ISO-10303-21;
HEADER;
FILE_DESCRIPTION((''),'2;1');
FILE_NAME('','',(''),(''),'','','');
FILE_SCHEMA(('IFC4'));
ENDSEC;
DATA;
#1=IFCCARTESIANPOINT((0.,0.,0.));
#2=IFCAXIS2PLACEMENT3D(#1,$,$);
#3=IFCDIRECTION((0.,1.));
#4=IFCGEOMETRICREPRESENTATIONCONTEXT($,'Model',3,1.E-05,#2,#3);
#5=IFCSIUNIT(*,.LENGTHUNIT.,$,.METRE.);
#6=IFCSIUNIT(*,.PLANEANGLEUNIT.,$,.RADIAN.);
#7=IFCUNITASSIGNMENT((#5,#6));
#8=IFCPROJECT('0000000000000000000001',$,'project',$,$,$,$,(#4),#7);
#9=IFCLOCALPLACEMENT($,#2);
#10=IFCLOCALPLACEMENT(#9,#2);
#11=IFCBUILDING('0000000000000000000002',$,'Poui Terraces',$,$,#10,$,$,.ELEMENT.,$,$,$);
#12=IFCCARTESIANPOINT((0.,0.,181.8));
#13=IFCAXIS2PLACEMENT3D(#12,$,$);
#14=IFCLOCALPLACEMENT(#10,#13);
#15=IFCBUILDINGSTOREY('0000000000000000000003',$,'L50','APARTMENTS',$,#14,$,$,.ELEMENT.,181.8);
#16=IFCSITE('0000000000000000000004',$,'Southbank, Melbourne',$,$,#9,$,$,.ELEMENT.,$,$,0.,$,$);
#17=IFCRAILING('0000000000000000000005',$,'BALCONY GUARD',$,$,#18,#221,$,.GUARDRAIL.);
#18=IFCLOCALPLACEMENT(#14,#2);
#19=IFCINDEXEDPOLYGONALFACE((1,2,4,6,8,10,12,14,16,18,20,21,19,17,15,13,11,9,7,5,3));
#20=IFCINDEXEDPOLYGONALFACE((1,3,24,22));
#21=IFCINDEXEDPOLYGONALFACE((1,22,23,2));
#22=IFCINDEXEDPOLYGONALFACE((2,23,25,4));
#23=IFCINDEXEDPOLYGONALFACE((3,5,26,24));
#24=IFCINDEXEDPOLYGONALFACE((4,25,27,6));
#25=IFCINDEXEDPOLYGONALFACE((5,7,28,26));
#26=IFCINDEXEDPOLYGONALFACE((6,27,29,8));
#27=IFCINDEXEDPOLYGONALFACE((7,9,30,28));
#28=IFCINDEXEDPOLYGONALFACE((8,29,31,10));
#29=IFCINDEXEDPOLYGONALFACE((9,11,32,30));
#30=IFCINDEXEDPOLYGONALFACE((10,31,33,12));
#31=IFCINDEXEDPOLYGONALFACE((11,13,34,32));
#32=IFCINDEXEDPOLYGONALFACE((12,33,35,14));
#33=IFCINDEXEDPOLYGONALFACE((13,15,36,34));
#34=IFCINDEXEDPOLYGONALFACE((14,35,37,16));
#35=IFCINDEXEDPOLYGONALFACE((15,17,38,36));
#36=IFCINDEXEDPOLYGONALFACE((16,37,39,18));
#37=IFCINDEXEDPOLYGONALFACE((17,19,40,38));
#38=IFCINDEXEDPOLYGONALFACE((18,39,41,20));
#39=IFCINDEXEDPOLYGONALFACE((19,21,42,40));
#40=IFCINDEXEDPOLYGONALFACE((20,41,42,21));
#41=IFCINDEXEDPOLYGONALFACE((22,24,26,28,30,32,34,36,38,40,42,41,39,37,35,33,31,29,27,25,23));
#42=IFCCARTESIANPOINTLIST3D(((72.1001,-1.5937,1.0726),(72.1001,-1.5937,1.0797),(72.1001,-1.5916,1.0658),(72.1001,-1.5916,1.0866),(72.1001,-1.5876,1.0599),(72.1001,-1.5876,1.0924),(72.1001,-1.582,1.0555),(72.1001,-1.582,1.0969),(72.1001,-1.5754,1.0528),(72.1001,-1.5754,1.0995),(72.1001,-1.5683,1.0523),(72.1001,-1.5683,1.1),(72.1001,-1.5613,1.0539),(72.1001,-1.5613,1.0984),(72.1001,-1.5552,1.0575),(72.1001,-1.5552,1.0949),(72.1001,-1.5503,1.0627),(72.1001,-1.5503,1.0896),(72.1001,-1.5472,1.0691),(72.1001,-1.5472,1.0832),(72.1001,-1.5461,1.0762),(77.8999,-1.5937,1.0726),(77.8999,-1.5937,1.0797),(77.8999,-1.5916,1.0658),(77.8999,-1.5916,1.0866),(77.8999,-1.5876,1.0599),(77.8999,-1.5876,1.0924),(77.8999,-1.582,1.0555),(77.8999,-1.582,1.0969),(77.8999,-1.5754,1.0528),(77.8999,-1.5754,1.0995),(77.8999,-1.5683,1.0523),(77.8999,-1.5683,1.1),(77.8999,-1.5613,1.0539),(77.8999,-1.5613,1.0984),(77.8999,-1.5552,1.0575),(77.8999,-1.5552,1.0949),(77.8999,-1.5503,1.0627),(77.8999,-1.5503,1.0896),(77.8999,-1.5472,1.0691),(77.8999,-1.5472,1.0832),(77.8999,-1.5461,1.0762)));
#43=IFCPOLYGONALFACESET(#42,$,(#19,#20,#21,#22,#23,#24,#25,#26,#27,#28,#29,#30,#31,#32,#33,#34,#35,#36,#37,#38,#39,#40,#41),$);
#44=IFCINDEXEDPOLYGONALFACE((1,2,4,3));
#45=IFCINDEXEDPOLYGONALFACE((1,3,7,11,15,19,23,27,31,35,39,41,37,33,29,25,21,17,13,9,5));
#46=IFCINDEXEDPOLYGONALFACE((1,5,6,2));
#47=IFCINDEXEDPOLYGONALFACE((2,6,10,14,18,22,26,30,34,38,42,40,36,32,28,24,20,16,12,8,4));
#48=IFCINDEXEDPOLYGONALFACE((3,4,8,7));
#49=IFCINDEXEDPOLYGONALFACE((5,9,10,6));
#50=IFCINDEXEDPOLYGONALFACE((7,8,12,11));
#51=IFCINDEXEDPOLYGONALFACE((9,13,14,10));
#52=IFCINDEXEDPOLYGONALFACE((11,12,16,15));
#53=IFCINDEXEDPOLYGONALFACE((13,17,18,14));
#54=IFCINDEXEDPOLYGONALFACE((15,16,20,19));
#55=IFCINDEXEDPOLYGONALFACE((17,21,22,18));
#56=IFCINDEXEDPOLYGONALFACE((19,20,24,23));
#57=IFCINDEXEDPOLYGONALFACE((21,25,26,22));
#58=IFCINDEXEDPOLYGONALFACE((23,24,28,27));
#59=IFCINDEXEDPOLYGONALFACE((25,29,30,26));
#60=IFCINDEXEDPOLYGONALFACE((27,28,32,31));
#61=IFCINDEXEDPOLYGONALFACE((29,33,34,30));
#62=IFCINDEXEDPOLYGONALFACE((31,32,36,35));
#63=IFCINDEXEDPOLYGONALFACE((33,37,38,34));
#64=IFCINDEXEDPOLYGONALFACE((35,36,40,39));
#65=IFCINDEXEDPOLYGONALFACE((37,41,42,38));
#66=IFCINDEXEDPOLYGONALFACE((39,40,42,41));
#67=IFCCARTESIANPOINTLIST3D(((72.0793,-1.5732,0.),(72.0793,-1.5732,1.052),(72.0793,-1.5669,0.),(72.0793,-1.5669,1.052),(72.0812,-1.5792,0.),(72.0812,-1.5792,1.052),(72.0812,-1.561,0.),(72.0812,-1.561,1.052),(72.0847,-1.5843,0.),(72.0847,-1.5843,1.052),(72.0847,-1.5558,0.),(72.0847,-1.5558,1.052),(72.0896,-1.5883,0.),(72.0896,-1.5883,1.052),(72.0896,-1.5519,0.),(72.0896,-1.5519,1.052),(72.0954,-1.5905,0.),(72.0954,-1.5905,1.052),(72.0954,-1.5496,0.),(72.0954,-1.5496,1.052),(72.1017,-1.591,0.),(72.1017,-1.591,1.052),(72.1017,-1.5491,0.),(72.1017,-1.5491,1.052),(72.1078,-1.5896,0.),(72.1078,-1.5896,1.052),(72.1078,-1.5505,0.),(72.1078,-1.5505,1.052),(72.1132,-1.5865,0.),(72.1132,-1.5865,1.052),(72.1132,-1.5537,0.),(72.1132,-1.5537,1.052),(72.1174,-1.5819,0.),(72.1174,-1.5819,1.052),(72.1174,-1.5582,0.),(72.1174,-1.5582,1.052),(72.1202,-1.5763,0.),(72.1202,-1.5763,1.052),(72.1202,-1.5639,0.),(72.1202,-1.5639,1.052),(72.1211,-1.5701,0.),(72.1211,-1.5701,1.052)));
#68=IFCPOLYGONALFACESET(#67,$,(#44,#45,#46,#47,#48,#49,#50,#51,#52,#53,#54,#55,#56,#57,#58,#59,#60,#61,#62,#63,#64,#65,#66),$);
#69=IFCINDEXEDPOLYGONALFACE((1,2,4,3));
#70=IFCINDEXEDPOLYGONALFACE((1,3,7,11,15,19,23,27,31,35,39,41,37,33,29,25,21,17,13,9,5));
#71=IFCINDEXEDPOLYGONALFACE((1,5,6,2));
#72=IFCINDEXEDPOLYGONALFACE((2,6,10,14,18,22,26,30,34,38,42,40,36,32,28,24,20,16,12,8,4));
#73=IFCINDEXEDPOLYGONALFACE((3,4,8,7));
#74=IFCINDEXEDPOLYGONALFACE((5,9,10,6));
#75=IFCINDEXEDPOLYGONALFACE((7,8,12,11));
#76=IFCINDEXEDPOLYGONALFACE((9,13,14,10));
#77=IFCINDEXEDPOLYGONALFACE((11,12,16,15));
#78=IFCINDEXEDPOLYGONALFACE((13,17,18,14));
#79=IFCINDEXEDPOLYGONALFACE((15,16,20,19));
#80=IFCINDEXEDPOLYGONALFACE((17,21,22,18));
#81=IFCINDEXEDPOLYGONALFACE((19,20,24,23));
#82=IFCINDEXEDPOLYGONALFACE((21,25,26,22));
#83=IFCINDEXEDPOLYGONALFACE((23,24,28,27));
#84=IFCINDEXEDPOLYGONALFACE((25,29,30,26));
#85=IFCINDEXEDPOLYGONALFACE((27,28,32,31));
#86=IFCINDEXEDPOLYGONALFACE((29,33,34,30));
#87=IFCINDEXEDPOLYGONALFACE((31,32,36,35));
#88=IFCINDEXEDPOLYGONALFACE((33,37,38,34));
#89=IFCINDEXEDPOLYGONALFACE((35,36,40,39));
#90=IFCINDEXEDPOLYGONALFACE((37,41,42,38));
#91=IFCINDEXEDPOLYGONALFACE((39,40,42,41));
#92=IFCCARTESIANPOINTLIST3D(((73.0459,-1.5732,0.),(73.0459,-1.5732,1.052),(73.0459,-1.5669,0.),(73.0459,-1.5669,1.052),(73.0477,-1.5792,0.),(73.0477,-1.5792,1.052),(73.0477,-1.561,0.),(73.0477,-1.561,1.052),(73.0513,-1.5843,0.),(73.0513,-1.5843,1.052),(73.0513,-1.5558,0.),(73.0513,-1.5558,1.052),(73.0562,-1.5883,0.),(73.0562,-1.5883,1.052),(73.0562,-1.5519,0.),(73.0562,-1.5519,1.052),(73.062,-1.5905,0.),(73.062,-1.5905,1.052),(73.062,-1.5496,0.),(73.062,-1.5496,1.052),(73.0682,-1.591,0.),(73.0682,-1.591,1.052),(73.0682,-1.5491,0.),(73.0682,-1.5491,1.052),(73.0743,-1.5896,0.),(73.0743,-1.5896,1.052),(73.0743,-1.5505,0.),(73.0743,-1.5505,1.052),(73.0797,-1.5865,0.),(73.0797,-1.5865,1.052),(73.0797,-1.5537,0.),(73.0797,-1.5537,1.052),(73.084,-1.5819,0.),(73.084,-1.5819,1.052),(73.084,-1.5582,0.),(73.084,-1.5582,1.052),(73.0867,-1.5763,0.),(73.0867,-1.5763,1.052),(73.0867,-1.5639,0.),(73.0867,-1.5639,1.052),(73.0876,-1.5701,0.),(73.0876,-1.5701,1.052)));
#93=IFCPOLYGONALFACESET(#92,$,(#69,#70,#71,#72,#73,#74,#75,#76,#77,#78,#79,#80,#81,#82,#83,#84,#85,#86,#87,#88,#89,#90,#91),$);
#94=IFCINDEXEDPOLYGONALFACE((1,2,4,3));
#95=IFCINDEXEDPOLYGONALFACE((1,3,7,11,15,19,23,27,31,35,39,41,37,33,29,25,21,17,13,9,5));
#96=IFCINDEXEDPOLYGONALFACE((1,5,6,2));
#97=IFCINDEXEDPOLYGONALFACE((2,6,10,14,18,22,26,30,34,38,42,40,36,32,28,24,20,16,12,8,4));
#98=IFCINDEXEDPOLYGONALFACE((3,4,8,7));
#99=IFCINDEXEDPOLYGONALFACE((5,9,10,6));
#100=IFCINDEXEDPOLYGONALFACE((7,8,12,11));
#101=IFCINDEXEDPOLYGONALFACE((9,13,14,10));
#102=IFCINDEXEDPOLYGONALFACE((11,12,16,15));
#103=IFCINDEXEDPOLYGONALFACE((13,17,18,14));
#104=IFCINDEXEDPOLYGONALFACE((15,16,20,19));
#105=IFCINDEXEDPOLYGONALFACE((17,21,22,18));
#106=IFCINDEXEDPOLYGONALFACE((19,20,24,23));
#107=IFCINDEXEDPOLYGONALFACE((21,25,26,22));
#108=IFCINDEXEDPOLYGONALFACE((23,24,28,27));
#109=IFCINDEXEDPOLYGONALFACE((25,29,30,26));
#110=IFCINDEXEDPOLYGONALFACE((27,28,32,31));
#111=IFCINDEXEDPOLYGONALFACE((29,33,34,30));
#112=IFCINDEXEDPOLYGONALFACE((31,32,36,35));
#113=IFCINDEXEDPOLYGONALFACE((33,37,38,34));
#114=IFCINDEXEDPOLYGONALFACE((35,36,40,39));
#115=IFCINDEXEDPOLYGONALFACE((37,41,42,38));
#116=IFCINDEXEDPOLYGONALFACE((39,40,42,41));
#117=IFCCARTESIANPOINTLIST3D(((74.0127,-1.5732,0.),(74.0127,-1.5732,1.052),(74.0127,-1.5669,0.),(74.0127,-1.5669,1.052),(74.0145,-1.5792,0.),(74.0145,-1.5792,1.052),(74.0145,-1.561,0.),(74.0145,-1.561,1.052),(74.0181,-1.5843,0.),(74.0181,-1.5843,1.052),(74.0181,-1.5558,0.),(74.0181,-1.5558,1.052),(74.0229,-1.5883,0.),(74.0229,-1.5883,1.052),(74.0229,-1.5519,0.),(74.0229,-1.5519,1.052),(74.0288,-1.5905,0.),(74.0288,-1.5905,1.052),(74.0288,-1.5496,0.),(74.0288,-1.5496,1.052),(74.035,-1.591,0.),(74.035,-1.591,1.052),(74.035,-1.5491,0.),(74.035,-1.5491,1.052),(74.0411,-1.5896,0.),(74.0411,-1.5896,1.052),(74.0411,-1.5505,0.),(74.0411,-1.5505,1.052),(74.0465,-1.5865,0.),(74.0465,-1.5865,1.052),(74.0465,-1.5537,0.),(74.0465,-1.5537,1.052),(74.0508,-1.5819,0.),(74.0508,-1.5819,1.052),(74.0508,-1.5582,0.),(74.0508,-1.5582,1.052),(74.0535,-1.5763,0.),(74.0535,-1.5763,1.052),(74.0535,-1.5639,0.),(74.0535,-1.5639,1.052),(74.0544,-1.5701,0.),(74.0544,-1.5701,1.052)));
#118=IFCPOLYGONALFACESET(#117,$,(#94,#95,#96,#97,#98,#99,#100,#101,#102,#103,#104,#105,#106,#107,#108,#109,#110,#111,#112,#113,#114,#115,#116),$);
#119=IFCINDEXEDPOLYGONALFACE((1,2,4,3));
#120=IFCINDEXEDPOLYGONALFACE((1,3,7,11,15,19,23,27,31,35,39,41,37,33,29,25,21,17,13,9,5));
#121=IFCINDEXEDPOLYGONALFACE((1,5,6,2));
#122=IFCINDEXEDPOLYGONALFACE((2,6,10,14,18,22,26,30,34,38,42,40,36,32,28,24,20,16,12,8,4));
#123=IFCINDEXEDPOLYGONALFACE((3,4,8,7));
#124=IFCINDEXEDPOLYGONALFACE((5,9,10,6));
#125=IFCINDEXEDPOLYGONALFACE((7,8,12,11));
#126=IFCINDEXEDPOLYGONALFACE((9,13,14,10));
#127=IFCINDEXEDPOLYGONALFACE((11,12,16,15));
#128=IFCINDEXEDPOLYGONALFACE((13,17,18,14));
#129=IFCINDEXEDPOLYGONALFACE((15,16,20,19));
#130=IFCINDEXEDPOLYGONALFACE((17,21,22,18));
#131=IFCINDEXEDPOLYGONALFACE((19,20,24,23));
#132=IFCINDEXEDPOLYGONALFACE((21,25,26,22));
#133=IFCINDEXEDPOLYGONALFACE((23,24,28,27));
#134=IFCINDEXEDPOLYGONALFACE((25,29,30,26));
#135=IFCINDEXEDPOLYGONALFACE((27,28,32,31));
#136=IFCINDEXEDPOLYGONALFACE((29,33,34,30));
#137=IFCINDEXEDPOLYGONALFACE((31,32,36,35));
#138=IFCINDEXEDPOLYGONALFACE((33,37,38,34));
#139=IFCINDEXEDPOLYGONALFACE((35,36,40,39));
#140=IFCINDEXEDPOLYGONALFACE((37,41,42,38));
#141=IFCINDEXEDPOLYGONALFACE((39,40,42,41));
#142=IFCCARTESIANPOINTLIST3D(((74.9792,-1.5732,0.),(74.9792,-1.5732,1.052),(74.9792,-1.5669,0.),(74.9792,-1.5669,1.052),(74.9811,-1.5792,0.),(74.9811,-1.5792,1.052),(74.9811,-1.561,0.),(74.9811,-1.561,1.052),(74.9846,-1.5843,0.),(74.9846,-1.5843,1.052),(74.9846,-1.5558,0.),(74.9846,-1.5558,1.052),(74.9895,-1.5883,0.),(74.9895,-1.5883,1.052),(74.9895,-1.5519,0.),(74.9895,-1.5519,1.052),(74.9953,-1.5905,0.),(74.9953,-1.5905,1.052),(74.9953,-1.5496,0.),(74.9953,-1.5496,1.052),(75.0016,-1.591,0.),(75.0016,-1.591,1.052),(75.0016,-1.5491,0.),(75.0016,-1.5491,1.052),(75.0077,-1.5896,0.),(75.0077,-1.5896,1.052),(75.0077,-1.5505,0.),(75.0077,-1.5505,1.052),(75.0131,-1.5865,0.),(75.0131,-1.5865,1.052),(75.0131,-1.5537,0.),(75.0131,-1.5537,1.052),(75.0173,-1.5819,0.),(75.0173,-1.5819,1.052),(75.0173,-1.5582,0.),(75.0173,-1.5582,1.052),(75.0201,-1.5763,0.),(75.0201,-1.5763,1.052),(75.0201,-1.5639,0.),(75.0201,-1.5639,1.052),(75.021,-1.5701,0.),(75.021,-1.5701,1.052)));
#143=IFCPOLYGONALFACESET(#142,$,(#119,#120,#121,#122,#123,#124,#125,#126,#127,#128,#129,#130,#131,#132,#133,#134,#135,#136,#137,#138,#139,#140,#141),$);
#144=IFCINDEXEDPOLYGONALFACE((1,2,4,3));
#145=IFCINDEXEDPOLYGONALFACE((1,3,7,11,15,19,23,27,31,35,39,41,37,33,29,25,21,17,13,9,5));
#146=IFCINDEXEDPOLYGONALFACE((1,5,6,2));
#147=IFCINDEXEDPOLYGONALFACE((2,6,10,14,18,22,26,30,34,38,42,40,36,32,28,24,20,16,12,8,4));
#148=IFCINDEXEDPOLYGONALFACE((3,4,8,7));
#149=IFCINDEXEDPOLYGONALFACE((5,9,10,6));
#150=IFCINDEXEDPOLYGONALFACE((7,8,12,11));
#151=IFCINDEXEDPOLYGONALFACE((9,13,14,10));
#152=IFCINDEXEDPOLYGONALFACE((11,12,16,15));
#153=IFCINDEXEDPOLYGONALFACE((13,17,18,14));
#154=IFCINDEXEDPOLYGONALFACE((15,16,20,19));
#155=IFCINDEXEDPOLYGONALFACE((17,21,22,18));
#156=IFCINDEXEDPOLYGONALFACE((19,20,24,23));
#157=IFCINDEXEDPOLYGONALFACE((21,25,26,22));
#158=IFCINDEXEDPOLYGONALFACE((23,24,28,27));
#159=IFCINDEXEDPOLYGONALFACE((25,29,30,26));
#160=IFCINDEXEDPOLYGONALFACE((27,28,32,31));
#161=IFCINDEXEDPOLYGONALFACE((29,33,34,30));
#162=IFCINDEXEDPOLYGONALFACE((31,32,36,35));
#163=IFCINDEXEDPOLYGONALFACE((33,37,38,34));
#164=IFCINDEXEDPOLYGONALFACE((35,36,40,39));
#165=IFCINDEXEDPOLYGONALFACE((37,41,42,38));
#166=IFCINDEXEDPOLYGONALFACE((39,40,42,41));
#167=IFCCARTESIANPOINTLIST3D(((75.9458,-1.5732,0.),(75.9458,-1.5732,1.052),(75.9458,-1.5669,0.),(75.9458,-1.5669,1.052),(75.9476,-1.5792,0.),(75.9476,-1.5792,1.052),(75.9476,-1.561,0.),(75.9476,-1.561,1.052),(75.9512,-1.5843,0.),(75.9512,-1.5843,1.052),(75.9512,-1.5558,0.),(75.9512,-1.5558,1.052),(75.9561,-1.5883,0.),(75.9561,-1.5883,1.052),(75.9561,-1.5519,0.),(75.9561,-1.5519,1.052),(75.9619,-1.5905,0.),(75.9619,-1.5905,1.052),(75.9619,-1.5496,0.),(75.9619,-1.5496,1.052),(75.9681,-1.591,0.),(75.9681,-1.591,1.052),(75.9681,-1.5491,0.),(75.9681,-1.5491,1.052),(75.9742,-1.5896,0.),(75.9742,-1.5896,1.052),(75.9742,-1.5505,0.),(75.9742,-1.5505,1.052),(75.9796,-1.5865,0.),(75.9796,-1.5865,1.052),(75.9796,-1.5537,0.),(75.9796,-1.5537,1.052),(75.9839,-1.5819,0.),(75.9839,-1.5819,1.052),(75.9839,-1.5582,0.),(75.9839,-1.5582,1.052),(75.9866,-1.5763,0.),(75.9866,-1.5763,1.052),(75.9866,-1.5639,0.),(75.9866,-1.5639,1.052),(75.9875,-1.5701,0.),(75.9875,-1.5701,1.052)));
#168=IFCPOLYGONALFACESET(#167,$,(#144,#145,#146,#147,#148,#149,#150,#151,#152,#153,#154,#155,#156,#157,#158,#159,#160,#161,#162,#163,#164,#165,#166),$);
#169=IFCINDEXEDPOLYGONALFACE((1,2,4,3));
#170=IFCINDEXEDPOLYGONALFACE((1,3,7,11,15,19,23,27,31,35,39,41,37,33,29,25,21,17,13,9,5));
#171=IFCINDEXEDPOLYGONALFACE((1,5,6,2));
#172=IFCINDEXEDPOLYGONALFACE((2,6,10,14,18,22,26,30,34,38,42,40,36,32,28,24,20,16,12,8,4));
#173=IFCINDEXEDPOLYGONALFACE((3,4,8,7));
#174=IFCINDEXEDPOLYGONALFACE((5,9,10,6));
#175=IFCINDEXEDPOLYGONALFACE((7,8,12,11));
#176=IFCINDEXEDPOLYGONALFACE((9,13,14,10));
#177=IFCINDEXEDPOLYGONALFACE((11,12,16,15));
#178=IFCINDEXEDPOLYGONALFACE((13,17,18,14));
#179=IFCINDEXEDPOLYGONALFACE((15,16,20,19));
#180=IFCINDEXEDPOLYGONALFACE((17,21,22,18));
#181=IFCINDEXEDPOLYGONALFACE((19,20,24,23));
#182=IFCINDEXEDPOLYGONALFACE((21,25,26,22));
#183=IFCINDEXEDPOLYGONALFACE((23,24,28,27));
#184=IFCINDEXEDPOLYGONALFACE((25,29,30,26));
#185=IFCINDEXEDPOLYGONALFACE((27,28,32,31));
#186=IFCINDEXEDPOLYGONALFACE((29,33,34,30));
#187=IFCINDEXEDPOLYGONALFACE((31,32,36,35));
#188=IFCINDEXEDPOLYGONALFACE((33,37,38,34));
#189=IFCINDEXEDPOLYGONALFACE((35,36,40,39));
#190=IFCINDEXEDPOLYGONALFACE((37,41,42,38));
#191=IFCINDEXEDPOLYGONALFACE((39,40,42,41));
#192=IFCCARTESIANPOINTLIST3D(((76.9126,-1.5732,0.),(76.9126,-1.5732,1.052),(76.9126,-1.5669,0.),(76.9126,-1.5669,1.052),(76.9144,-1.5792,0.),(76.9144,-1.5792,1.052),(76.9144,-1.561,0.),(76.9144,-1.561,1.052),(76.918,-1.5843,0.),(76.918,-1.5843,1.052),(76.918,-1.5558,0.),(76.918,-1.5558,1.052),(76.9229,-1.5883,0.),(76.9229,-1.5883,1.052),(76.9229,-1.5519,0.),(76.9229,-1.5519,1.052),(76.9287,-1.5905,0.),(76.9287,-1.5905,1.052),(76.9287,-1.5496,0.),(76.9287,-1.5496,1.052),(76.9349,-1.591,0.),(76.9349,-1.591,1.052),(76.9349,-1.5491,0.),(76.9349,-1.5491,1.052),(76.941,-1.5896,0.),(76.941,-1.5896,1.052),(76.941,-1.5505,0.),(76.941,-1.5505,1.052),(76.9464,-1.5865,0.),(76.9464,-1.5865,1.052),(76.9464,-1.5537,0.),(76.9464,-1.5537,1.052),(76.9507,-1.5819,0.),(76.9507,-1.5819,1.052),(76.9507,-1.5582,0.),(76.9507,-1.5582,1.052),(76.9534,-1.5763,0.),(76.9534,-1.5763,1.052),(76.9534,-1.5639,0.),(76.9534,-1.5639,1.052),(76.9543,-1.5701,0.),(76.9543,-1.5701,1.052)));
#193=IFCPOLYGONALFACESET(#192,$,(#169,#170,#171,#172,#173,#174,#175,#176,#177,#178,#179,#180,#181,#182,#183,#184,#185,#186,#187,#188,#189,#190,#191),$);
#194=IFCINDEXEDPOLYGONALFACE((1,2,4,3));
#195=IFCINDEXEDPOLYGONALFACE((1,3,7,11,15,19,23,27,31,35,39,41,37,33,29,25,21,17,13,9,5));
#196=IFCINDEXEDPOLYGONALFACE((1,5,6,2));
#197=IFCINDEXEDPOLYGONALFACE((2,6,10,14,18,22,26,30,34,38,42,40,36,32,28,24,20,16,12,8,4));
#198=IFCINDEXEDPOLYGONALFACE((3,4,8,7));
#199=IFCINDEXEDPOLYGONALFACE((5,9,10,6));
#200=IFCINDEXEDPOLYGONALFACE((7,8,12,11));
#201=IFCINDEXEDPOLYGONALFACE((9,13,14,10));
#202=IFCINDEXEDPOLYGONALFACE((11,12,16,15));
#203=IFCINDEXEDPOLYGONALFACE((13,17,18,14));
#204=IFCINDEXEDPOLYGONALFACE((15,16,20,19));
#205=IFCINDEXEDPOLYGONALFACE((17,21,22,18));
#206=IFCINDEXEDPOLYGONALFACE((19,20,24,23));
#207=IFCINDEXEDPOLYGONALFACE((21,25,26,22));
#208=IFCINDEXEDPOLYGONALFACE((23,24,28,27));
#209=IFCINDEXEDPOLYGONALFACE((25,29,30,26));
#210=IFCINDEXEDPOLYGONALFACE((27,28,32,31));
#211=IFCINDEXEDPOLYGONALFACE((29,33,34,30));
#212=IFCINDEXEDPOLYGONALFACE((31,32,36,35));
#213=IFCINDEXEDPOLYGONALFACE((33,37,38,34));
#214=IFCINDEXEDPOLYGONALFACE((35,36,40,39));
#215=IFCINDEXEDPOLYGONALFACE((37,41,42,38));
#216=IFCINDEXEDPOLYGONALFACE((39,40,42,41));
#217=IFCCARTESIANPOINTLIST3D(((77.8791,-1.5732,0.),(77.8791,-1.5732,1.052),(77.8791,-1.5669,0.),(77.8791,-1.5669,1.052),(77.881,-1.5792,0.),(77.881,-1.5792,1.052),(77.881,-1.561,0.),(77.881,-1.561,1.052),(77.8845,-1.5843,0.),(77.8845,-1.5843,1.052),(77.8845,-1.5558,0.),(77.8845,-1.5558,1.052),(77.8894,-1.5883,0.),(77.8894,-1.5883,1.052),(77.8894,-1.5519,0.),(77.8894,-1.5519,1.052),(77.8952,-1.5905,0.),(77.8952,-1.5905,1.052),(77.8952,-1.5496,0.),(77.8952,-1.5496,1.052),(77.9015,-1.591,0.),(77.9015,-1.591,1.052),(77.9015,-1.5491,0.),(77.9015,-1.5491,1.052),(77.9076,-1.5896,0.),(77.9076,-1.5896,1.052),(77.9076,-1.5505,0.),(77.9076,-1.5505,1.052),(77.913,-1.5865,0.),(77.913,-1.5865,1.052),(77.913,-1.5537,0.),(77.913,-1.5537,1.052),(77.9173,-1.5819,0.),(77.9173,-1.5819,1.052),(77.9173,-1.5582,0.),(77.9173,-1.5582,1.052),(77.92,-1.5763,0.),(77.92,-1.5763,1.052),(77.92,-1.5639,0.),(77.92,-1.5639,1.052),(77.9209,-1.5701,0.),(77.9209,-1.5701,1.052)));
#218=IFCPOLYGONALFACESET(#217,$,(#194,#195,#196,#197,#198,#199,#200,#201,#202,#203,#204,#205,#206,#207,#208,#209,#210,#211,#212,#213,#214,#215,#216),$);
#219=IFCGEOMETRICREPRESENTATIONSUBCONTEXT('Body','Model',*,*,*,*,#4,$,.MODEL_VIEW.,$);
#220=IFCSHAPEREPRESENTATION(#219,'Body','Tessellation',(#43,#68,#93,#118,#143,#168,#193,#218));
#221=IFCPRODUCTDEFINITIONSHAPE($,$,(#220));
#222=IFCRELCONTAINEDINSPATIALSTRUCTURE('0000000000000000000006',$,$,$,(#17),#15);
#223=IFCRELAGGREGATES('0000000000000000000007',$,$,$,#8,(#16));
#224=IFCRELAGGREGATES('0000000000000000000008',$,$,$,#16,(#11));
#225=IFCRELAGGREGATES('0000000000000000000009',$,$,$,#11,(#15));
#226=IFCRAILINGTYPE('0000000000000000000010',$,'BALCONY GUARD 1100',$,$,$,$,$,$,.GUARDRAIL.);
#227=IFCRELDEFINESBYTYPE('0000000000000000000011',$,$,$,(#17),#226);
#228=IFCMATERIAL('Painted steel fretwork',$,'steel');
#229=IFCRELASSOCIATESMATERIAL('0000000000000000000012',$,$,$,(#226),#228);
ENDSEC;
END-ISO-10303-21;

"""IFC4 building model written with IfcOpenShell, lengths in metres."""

from ifc_helpers import new_model, si_unit, direction, frame, origin, origin_2d, place, context, subcontext, project, spatial, circle, extrude, material, type_object, element, save


model = new_model("IFC4")

# Units and contexts
model_context = context("Model", 3, precision=1e-05, world=origin(), true_north=direction((0.0, 1.0)))
body_context = subcontext(model_context, "Body", "Model", "MODEL_VIEW")
ifc_project = project(units=[si_unit("LENGTHUNIT", "METRE"), si_unit("PLANEANGLEUNIT", "RADIAN")], contexts=[model_context])

# Site, building, storey
site_placement = place(None, origin())
site = spatial("IfcSite", under=ifc_project, at=site_placement, Name="Southbank, Melbourne", CompositionType="ELEMENT", RefElevation=0.0)
building_placement = place(site_placement, origin())
building = spatial("IfcBuilding", under=site, at=building_placement, Name="Poui Terraces", CompositionType="ELEMENT")
storey_placement = place(building_placement, frame((0.0, 0.0, 181.8)))
storey = spatial("IfcBuildingStorey", under=building, at=storey_placement, Name="L50", Description="APARTMENTS", CompositionType="ELEMENT", Elevation=181.8)

# Railing
ifc_material_1 = material(Name="Painted steel fretwork", Category="steel")
railing_type = type_object("IfcRailingType", Name="BALCONY GUARD 1100", PredefinedType="GUARDRAIL", material=ifc_material_1)
railing_placement = place(storey_placement, frame((72.1001, -1.5701, 0.0)))
element("IfcRailing", 1, at=railing_placement, inside=storey, type_object=railing_type, Name="BALCONY GUARD", PredefinedType="GUARDRAIL", context=body_context, shape_type="SweptSolid", body=[
    extrude(circle(Radius=0.0239, at=origin_2d()), frame((0.0, 0.0, 1.0762), z_axis=(1.0, 0.0, 0.0), x_axis=(0.0, 1.0, 0.0)), (0.0, 0.0, 1.0), 5.7998),
    extrude(circle(Radius=0.021, at=origin_2d()), origin(), (0.0, 0.0, 1.0), 1.052),
    extrude(circle(Radius=0.021, at=origin_2d()), frame((0.9666, 0.0, 0.0)), (0.0, 0.0, 1.0), 1.052),
    extrude(circle(Radius=0.021, at=origin_2d()), frame((1.9333, 0.0, 0.0)), (0.0, 0.0, 1.0), 1.052),
    extrude(circle(Radius=0.021, at=origin_2d()), frame((2.8999, 0.0, 0.0)), (0.0, 0.0, 1.0), 1.052),
    extrude(circle(Radius=0.021, at=origin_2d()), frame((3.8665, 0.0, 0.0)), (0.0, 0.0, 1.0), 1.052),
    extrude(circle(Radius=0.021, at=origin_2d()), frame((4.8333, 0.0, 0.0)), (0.0, 0.0, 1.0), 1.052),
    extrude(circle(Radius=0.021, at=origin_2d()), frame((5.7998, 0.0, 0.0)), (0.0, 0.0, 1.0), 1.052),
])

save(model, "model.ifc")
